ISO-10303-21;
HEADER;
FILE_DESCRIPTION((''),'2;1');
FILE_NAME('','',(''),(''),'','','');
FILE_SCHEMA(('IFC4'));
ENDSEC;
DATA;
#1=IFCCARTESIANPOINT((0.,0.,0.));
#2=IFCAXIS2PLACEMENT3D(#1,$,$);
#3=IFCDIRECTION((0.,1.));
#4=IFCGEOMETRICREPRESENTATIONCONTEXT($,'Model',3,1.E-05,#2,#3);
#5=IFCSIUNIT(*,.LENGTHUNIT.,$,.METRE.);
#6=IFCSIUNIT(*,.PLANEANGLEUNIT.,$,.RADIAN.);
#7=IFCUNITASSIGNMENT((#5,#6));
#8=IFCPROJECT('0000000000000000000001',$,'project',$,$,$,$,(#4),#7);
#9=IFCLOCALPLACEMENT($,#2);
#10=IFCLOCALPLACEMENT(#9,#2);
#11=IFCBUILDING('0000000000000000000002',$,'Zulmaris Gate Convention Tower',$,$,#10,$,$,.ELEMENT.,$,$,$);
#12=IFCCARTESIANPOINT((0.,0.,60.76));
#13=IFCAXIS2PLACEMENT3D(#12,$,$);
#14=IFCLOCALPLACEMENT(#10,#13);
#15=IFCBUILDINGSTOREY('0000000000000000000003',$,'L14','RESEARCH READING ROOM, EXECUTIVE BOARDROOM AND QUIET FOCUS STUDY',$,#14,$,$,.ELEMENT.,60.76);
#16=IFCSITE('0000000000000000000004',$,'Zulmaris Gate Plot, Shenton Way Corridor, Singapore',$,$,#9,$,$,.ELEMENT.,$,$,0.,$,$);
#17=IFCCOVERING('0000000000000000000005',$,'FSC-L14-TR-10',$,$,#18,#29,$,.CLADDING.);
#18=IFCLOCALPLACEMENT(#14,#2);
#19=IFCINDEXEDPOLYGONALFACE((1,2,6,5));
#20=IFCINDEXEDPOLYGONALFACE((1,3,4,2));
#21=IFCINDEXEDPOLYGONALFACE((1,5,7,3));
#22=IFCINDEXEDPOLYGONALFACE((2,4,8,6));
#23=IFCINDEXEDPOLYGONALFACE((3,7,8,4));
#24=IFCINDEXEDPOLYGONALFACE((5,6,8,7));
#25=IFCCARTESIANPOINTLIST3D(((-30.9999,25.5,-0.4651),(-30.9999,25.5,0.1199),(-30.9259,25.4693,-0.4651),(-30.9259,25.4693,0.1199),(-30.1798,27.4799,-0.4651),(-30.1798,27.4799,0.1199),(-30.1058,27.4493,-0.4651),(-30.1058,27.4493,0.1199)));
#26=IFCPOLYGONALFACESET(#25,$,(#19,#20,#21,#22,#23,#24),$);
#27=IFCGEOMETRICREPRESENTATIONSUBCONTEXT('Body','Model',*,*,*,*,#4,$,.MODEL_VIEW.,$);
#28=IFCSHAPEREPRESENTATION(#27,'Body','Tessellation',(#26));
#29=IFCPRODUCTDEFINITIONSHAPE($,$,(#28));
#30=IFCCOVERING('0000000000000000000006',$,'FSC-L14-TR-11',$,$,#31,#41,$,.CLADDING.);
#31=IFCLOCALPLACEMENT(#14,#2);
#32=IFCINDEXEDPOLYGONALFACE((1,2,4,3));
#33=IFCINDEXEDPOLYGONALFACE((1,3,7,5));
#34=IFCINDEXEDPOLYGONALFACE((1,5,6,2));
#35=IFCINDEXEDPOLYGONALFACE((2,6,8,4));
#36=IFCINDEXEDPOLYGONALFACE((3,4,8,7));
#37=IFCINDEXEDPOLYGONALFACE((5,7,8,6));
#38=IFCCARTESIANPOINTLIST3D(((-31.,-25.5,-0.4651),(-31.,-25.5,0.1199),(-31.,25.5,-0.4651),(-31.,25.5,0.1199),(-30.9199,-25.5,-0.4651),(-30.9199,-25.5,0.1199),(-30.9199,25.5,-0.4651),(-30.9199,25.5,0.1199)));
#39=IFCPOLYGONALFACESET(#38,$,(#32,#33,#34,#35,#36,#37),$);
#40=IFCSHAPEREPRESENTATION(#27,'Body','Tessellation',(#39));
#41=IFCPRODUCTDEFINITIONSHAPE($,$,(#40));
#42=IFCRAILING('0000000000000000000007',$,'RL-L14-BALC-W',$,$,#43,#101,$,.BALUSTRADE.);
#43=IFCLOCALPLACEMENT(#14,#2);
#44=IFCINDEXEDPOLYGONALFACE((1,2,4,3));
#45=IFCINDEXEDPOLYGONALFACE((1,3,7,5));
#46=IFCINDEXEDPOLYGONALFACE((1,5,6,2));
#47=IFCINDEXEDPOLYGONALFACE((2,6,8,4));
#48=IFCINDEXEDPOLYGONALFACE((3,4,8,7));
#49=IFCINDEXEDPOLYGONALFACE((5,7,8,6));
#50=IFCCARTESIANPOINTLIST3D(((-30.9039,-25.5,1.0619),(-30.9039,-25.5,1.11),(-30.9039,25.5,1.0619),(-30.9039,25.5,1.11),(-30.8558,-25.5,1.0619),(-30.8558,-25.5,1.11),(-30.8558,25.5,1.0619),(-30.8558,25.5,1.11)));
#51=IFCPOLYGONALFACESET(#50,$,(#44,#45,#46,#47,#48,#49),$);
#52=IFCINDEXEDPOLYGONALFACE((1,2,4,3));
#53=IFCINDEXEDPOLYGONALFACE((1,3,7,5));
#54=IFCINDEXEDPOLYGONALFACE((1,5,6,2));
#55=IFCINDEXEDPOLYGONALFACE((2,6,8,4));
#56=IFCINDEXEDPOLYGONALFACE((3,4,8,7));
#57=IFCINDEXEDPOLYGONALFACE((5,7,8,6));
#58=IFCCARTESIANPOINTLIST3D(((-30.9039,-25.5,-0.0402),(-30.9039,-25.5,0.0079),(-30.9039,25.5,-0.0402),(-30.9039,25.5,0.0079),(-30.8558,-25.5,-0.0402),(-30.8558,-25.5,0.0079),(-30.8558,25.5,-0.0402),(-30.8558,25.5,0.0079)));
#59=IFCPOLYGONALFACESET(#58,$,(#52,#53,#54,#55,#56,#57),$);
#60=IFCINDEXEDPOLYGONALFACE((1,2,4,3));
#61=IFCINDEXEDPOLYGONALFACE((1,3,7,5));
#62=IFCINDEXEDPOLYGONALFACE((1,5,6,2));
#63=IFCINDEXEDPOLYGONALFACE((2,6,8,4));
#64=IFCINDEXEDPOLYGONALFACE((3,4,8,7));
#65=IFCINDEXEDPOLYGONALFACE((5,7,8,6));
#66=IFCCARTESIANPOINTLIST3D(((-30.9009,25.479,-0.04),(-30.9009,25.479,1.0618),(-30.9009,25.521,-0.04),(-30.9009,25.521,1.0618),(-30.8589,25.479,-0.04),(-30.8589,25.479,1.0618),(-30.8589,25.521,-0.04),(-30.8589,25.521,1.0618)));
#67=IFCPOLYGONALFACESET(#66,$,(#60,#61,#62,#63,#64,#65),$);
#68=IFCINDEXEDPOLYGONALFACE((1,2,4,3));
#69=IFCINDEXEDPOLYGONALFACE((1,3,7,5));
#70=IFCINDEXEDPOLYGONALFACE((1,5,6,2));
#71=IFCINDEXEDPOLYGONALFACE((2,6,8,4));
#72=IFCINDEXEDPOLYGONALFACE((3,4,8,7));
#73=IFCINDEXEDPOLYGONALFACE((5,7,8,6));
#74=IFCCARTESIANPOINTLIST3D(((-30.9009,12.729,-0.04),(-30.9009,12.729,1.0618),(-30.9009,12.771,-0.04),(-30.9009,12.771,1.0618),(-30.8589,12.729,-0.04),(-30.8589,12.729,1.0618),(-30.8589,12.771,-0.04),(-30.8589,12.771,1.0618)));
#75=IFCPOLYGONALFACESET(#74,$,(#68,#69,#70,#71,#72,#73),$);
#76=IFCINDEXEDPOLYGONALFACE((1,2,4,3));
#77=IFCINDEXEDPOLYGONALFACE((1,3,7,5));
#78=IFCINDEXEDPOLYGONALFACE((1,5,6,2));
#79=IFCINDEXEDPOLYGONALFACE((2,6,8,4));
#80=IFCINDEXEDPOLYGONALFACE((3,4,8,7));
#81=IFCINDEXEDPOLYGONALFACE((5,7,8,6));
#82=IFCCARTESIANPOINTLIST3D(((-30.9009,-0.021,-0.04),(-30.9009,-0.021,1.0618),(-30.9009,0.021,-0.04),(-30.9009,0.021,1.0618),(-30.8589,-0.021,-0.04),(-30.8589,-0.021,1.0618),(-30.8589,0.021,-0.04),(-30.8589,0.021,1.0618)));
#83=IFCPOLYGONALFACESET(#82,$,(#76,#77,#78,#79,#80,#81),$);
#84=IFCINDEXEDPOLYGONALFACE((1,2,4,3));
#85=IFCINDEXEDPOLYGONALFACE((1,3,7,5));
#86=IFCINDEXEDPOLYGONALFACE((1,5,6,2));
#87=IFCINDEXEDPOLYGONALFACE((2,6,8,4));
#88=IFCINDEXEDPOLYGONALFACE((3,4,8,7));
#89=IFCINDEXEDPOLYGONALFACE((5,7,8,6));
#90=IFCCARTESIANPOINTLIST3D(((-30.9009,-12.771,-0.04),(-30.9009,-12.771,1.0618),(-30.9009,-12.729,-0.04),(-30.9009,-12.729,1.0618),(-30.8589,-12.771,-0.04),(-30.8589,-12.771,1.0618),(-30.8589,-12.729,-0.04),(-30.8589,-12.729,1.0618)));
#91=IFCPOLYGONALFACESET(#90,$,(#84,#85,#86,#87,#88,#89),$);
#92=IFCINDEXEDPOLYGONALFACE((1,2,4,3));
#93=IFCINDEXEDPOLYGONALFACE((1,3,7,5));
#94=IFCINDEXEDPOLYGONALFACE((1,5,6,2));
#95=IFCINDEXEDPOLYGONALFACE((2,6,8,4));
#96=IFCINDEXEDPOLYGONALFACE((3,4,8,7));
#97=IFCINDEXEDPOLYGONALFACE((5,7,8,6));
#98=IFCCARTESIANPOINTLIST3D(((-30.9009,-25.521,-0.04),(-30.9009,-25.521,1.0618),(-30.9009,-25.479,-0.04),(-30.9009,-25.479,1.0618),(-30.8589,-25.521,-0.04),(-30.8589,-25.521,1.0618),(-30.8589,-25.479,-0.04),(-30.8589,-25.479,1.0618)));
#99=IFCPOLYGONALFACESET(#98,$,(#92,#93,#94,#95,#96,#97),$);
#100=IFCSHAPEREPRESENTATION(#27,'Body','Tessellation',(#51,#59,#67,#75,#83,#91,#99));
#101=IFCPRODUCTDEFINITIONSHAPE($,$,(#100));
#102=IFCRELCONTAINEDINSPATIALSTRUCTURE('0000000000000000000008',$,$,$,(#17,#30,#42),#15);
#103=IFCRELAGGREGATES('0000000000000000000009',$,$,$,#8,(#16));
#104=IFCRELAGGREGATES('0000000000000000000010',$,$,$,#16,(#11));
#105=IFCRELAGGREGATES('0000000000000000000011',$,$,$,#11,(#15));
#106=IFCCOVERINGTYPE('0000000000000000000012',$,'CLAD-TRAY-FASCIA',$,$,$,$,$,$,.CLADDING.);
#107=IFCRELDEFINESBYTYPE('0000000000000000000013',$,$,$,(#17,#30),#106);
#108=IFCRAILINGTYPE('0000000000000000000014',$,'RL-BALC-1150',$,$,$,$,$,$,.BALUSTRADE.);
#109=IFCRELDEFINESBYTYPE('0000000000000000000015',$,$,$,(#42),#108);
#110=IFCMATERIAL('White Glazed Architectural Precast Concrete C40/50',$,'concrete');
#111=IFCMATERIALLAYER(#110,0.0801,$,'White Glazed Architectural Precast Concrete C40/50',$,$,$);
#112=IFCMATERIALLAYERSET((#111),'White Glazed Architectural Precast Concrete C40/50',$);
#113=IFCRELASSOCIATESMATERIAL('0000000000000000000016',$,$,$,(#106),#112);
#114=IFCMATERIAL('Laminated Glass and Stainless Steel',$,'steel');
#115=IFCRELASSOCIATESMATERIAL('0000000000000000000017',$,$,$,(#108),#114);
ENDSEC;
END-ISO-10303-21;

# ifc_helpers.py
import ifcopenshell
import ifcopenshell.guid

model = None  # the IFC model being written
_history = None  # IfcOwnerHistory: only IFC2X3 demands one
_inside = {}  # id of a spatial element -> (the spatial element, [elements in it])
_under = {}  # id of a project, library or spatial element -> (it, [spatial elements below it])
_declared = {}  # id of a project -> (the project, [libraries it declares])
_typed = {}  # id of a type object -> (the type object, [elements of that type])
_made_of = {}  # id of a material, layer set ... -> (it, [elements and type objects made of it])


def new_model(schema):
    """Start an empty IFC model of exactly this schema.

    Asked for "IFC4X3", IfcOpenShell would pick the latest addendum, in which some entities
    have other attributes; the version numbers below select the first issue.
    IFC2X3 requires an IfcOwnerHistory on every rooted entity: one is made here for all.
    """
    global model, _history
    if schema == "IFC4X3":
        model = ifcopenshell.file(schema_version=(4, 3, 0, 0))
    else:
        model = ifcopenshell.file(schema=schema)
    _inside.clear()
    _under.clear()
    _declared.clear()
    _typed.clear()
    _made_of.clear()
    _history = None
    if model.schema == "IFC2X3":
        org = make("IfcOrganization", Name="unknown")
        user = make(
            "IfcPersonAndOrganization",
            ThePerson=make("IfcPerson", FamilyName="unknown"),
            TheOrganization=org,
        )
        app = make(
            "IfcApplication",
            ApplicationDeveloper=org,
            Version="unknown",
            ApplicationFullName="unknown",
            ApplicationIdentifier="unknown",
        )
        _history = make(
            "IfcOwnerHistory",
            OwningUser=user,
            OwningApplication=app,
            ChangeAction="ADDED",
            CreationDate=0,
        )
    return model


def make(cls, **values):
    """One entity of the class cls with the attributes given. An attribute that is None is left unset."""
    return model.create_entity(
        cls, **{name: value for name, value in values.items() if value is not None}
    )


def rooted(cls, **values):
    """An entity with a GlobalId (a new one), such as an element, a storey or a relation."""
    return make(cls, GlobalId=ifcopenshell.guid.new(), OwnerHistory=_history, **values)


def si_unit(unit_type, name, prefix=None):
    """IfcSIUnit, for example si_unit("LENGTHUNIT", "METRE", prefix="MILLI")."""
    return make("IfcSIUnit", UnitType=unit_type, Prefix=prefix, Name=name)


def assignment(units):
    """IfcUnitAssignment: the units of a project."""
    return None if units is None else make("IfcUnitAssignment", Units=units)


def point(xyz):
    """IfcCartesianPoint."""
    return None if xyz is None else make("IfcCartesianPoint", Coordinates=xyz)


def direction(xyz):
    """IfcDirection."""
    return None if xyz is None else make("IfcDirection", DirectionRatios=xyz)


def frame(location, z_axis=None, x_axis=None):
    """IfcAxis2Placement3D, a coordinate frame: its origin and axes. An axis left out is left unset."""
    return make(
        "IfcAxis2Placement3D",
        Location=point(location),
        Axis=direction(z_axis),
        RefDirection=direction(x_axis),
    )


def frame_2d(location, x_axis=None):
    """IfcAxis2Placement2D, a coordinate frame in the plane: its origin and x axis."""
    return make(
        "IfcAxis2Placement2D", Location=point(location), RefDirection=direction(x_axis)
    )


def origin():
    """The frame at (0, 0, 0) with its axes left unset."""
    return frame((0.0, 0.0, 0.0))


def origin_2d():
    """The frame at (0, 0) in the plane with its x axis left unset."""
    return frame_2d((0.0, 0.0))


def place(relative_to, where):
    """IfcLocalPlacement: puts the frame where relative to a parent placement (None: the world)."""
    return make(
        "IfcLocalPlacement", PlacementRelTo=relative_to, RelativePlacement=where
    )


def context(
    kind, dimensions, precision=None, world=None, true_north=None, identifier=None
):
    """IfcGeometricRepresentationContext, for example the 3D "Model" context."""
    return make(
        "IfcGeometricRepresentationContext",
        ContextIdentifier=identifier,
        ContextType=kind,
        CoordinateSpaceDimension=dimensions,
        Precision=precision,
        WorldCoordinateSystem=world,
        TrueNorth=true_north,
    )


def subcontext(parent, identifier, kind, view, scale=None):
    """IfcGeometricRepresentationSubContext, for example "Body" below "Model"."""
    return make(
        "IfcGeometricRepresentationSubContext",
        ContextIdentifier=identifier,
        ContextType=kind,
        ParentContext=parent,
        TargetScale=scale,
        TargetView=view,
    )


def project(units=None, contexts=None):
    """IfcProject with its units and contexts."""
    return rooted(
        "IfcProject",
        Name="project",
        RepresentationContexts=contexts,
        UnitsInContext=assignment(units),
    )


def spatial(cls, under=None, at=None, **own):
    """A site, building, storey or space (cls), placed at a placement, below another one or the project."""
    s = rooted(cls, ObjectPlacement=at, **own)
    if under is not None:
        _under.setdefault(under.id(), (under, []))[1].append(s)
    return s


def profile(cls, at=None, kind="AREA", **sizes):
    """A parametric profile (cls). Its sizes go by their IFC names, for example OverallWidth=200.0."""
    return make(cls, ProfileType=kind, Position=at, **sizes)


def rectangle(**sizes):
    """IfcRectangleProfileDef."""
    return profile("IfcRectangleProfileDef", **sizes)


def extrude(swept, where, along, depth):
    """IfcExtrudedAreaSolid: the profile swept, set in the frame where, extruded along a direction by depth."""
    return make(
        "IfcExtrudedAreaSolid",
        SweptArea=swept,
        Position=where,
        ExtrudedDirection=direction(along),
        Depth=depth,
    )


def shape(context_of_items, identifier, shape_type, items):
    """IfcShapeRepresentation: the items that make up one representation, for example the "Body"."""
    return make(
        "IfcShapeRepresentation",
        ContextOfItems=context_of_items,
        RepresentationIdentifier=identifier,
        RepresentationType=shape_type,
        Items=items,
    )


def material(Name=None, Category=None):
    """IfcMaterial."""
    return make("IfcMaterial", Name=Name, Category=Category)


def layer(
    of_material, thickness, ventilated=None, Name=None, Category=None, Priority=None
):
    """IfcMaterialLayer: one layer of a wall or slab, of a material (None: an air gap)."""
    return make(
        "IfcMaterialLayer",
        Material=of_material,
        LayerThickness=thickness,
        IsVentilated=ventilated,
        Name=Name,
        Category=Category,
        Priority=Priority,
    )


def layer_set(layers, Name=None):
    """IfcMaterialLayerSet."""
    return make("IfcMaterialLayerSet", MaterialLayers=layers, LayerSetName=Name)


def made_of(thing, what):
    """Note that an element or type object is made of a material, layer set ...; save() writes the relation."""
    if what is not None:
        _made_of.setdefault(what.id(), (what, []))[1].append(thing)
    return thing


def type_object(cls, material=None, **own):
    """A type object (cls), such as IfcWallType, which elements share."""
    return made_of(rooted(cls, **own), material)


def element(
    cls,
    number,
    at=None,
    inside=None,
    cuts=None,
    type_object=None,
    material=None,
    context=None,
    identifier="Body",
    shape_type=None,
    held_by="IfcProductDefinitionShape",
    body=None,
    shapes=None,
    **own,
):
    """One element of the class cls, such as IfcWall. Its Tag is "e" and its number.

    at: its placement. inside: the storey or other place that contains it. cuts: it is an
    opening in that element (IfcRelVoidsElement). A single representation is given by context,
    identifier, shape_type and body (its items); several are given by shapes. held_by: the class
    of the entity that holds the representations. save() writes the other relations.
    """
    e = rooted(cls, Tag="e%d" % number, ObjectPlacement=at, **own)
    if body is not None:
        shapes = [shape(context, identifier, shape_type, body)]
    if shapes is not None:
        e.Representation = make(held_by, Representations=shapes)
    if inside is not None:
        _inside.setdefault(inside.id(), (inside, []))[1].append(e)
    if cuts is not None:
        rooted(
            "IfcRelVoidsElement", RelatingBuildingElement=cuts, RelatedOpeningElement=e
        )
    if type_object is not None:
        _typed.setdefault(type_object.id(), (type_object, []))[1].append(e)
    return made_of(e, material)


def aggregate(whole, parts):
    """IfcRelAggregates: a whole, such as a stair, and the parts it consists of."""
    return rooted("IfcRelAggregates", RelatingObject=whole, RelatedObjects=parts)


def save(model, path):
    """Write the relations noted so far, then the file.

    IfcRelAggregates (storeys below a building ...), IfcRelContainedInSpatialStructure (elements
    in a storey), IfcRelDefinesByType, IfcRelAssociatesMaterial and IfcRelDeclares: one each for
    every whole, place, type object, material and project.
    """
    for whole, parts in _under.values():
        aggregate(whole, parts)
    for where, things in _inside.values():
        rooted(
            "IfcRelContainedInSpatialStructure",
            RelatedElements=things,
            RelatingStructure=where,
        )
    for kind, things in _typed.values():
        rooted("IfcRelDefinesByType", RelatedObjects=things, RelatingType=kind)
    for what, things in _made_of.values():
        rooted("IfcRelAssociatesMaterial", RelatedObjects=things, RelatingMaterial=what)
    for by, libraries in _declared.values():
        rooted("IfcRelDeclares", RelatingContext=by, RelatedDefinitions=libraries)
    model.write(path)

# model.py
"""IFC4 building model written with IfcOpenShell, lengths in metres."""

from ifc_helpers import new_model, si_unit, direction, frame, frame_2d, origin, origin_2d, place, context, subcontext, project, spatial, rectangle, extrude, material, layer, layer_set, type_object, element, save


model = new_model("IFC4")

# Units and contexts
model_context = context("Model", 3, precision=1e-05, world=origin(), true_north=direction((0.0, 1.0)))
body_context = subcontext(model_context, "Body", "Model", "MODEL_VIEW")
ifc_project = project(units=[si_unit("LENGTHUNIT", "METRE"), si_unit("PLANEANGLEUNIT", "RADIAN")], contexts=[model_context])

# Site, building, storey
site_placement = place(None, origin())
site = spatial("IfcSite", under=ifc_project, at=site_placement, Name="Zulmaris Gate Plot, Shenton Way Corridor, Singapore", CompositionType="ELEMENT", RefElevation=0.0)
building_placement = place(site_placement, origin())
building = spatial("IfcBuilding", under=site, at=building_placement, Name="Zulmaris Gate Convention Tower", CompositionType="ELEMENT")
storey_placement = place(building_placement, frame((0.0, 0.0, 60.76)))
storey = spatial("IfcBuildingStorey", under=building, at=storey_placement, Name="L14", Description="RESEARCH READING ROOM, EXECUTIVE BOARDROOM AND QUIET FOCUS STUDY", CompositionType="ELEMENT", Elevation=60.76)

# Coverings
ifc_material_1 = material(Name="White Glazed Architectural Precast Concrete C40/50", Category="concrete")
ifc_layer_1 = layer(ifc_material_1, 0.0801, Name="White Glazed Architectural Precast Concrete C40/50")
ifc_layer_set_1 = layer_set([ifc_layer_1], Name="White Glazed Architectural Precast Concrete C40/50")
covering_type = type_object("IfcCoveringType", Name="CLAD-TRAY-FASCIA", PredefinedType="CLADDING", material=ifc_layer_set_1)
covering_1_placement = place(storey_placement, frame((-30.1428, 27.4646, -0.4651), z_axis=(0.0, 0.0, 1.0), x_axis=(-0.382657, -0.92389, 0.0)))
element("IfcCovering", 1, at=covering_1_placement, inside=storey, type_object=covering_type, Name="FSC-L14-TR-10", PredefinedType="CLADDING", context=body_context, shape_type="SweptSolid", body=[
    extrude(rectangle(XDim=2.1431, YDim=0.0801, at=frame_2d((1.0715, 0.0))), origin(), (0.0, 0.0, 1.0), 0.585),
])
covering_2_placement = place(storey_placement, frame((-30.96, 25.5, -0.4651), z_axis=(0.0, 0.0, 1.0), x_axis=(0.0, -1.0, 0.0)))
element("IfcCovering", 2, at=covering_2_placement, inside=storey, type_object=covering_type, Name="FSC-L14-TR-11", PredefinedType="CLADDING", context=body_context, shape_type="SweptSolid", body=[
    extrude(rectangle(XDim=51.0, YDim=0.0801, at=frame_2d((25.5, 0.0))), origin(), (0.0, 0.0, 1.0), 0.585),
])

# Railing
ifc_material_2 = material(Name="Laminated Glass and Stainless Steel", Category="steel")
railing_type = type_object("IfcRailingType", Name="RL-BALC-1150", PredefinedType="BALUSTRADE", material=ifc_material_2)
railing_placement = place(storey_placement, frame((-30.8799, 25.5, -0.04)))
element("IfcRailing", 3, at=railing_placement, inside=storey, type_object=railing_type, Name="RL-L14-BALC-W", PredefinedType="BALUSTRADE", context=body_context, shape_type="SweptSolid", body=[
    extrude(rectangle(XDim=0.0481, YDim=0.0481, at=origin_2d()), frame((0.0, 0.0, 1.126), z_axis=(0.0, -1.0, 0.0), x_axis=(1.0, 0.0, 0.0)), (0.0, 0.0, 1.0), 51.0),
    extrude(rectangle(XDim=0.0481, YDim=0.0481, at=origin_2d()), frame((0.0, 0.0, 0.0239), z_axis=(0.0, -1.0, 0.0), x_axis=(1.0, 0.0, 0.0)), (0.0, 0.0, 1.0), 51.0),
    extrude(rectangle(XDim=0.042, YDim=0.042, at=origin_2d()), origin(), (0.0, 0.0, 1.0), 1.1018),
    extrude(rectangle(XDim=0.042, YDim=0.042, at=origin_2d()), frame((0.0, -12.75, 0.0)), (0.0, 0.0, 1.0), 1.1018),
    extrude(rectangle(XDim=0.042, YDim=0.042, at=origin_2d()), frame((0.0, -25.5, 0.0)), (0.0, 0.0, 1.0), 1.1018),
    extrude(rectangle(XDim=0.042, YDim=0.042, at=origin_2d()), frame((0.0, -38.25, 0.0)), (0.0, 0.0, 1.0), 1.1018),
    extrude(rectangle(XDim=0.042, YDim=0.042, at=origin_2d()), frame((0.0, -51.0, 0.0)), (0.0, 0.0, 1.0), 1.1018),
])

save(model, "model.ifc")
